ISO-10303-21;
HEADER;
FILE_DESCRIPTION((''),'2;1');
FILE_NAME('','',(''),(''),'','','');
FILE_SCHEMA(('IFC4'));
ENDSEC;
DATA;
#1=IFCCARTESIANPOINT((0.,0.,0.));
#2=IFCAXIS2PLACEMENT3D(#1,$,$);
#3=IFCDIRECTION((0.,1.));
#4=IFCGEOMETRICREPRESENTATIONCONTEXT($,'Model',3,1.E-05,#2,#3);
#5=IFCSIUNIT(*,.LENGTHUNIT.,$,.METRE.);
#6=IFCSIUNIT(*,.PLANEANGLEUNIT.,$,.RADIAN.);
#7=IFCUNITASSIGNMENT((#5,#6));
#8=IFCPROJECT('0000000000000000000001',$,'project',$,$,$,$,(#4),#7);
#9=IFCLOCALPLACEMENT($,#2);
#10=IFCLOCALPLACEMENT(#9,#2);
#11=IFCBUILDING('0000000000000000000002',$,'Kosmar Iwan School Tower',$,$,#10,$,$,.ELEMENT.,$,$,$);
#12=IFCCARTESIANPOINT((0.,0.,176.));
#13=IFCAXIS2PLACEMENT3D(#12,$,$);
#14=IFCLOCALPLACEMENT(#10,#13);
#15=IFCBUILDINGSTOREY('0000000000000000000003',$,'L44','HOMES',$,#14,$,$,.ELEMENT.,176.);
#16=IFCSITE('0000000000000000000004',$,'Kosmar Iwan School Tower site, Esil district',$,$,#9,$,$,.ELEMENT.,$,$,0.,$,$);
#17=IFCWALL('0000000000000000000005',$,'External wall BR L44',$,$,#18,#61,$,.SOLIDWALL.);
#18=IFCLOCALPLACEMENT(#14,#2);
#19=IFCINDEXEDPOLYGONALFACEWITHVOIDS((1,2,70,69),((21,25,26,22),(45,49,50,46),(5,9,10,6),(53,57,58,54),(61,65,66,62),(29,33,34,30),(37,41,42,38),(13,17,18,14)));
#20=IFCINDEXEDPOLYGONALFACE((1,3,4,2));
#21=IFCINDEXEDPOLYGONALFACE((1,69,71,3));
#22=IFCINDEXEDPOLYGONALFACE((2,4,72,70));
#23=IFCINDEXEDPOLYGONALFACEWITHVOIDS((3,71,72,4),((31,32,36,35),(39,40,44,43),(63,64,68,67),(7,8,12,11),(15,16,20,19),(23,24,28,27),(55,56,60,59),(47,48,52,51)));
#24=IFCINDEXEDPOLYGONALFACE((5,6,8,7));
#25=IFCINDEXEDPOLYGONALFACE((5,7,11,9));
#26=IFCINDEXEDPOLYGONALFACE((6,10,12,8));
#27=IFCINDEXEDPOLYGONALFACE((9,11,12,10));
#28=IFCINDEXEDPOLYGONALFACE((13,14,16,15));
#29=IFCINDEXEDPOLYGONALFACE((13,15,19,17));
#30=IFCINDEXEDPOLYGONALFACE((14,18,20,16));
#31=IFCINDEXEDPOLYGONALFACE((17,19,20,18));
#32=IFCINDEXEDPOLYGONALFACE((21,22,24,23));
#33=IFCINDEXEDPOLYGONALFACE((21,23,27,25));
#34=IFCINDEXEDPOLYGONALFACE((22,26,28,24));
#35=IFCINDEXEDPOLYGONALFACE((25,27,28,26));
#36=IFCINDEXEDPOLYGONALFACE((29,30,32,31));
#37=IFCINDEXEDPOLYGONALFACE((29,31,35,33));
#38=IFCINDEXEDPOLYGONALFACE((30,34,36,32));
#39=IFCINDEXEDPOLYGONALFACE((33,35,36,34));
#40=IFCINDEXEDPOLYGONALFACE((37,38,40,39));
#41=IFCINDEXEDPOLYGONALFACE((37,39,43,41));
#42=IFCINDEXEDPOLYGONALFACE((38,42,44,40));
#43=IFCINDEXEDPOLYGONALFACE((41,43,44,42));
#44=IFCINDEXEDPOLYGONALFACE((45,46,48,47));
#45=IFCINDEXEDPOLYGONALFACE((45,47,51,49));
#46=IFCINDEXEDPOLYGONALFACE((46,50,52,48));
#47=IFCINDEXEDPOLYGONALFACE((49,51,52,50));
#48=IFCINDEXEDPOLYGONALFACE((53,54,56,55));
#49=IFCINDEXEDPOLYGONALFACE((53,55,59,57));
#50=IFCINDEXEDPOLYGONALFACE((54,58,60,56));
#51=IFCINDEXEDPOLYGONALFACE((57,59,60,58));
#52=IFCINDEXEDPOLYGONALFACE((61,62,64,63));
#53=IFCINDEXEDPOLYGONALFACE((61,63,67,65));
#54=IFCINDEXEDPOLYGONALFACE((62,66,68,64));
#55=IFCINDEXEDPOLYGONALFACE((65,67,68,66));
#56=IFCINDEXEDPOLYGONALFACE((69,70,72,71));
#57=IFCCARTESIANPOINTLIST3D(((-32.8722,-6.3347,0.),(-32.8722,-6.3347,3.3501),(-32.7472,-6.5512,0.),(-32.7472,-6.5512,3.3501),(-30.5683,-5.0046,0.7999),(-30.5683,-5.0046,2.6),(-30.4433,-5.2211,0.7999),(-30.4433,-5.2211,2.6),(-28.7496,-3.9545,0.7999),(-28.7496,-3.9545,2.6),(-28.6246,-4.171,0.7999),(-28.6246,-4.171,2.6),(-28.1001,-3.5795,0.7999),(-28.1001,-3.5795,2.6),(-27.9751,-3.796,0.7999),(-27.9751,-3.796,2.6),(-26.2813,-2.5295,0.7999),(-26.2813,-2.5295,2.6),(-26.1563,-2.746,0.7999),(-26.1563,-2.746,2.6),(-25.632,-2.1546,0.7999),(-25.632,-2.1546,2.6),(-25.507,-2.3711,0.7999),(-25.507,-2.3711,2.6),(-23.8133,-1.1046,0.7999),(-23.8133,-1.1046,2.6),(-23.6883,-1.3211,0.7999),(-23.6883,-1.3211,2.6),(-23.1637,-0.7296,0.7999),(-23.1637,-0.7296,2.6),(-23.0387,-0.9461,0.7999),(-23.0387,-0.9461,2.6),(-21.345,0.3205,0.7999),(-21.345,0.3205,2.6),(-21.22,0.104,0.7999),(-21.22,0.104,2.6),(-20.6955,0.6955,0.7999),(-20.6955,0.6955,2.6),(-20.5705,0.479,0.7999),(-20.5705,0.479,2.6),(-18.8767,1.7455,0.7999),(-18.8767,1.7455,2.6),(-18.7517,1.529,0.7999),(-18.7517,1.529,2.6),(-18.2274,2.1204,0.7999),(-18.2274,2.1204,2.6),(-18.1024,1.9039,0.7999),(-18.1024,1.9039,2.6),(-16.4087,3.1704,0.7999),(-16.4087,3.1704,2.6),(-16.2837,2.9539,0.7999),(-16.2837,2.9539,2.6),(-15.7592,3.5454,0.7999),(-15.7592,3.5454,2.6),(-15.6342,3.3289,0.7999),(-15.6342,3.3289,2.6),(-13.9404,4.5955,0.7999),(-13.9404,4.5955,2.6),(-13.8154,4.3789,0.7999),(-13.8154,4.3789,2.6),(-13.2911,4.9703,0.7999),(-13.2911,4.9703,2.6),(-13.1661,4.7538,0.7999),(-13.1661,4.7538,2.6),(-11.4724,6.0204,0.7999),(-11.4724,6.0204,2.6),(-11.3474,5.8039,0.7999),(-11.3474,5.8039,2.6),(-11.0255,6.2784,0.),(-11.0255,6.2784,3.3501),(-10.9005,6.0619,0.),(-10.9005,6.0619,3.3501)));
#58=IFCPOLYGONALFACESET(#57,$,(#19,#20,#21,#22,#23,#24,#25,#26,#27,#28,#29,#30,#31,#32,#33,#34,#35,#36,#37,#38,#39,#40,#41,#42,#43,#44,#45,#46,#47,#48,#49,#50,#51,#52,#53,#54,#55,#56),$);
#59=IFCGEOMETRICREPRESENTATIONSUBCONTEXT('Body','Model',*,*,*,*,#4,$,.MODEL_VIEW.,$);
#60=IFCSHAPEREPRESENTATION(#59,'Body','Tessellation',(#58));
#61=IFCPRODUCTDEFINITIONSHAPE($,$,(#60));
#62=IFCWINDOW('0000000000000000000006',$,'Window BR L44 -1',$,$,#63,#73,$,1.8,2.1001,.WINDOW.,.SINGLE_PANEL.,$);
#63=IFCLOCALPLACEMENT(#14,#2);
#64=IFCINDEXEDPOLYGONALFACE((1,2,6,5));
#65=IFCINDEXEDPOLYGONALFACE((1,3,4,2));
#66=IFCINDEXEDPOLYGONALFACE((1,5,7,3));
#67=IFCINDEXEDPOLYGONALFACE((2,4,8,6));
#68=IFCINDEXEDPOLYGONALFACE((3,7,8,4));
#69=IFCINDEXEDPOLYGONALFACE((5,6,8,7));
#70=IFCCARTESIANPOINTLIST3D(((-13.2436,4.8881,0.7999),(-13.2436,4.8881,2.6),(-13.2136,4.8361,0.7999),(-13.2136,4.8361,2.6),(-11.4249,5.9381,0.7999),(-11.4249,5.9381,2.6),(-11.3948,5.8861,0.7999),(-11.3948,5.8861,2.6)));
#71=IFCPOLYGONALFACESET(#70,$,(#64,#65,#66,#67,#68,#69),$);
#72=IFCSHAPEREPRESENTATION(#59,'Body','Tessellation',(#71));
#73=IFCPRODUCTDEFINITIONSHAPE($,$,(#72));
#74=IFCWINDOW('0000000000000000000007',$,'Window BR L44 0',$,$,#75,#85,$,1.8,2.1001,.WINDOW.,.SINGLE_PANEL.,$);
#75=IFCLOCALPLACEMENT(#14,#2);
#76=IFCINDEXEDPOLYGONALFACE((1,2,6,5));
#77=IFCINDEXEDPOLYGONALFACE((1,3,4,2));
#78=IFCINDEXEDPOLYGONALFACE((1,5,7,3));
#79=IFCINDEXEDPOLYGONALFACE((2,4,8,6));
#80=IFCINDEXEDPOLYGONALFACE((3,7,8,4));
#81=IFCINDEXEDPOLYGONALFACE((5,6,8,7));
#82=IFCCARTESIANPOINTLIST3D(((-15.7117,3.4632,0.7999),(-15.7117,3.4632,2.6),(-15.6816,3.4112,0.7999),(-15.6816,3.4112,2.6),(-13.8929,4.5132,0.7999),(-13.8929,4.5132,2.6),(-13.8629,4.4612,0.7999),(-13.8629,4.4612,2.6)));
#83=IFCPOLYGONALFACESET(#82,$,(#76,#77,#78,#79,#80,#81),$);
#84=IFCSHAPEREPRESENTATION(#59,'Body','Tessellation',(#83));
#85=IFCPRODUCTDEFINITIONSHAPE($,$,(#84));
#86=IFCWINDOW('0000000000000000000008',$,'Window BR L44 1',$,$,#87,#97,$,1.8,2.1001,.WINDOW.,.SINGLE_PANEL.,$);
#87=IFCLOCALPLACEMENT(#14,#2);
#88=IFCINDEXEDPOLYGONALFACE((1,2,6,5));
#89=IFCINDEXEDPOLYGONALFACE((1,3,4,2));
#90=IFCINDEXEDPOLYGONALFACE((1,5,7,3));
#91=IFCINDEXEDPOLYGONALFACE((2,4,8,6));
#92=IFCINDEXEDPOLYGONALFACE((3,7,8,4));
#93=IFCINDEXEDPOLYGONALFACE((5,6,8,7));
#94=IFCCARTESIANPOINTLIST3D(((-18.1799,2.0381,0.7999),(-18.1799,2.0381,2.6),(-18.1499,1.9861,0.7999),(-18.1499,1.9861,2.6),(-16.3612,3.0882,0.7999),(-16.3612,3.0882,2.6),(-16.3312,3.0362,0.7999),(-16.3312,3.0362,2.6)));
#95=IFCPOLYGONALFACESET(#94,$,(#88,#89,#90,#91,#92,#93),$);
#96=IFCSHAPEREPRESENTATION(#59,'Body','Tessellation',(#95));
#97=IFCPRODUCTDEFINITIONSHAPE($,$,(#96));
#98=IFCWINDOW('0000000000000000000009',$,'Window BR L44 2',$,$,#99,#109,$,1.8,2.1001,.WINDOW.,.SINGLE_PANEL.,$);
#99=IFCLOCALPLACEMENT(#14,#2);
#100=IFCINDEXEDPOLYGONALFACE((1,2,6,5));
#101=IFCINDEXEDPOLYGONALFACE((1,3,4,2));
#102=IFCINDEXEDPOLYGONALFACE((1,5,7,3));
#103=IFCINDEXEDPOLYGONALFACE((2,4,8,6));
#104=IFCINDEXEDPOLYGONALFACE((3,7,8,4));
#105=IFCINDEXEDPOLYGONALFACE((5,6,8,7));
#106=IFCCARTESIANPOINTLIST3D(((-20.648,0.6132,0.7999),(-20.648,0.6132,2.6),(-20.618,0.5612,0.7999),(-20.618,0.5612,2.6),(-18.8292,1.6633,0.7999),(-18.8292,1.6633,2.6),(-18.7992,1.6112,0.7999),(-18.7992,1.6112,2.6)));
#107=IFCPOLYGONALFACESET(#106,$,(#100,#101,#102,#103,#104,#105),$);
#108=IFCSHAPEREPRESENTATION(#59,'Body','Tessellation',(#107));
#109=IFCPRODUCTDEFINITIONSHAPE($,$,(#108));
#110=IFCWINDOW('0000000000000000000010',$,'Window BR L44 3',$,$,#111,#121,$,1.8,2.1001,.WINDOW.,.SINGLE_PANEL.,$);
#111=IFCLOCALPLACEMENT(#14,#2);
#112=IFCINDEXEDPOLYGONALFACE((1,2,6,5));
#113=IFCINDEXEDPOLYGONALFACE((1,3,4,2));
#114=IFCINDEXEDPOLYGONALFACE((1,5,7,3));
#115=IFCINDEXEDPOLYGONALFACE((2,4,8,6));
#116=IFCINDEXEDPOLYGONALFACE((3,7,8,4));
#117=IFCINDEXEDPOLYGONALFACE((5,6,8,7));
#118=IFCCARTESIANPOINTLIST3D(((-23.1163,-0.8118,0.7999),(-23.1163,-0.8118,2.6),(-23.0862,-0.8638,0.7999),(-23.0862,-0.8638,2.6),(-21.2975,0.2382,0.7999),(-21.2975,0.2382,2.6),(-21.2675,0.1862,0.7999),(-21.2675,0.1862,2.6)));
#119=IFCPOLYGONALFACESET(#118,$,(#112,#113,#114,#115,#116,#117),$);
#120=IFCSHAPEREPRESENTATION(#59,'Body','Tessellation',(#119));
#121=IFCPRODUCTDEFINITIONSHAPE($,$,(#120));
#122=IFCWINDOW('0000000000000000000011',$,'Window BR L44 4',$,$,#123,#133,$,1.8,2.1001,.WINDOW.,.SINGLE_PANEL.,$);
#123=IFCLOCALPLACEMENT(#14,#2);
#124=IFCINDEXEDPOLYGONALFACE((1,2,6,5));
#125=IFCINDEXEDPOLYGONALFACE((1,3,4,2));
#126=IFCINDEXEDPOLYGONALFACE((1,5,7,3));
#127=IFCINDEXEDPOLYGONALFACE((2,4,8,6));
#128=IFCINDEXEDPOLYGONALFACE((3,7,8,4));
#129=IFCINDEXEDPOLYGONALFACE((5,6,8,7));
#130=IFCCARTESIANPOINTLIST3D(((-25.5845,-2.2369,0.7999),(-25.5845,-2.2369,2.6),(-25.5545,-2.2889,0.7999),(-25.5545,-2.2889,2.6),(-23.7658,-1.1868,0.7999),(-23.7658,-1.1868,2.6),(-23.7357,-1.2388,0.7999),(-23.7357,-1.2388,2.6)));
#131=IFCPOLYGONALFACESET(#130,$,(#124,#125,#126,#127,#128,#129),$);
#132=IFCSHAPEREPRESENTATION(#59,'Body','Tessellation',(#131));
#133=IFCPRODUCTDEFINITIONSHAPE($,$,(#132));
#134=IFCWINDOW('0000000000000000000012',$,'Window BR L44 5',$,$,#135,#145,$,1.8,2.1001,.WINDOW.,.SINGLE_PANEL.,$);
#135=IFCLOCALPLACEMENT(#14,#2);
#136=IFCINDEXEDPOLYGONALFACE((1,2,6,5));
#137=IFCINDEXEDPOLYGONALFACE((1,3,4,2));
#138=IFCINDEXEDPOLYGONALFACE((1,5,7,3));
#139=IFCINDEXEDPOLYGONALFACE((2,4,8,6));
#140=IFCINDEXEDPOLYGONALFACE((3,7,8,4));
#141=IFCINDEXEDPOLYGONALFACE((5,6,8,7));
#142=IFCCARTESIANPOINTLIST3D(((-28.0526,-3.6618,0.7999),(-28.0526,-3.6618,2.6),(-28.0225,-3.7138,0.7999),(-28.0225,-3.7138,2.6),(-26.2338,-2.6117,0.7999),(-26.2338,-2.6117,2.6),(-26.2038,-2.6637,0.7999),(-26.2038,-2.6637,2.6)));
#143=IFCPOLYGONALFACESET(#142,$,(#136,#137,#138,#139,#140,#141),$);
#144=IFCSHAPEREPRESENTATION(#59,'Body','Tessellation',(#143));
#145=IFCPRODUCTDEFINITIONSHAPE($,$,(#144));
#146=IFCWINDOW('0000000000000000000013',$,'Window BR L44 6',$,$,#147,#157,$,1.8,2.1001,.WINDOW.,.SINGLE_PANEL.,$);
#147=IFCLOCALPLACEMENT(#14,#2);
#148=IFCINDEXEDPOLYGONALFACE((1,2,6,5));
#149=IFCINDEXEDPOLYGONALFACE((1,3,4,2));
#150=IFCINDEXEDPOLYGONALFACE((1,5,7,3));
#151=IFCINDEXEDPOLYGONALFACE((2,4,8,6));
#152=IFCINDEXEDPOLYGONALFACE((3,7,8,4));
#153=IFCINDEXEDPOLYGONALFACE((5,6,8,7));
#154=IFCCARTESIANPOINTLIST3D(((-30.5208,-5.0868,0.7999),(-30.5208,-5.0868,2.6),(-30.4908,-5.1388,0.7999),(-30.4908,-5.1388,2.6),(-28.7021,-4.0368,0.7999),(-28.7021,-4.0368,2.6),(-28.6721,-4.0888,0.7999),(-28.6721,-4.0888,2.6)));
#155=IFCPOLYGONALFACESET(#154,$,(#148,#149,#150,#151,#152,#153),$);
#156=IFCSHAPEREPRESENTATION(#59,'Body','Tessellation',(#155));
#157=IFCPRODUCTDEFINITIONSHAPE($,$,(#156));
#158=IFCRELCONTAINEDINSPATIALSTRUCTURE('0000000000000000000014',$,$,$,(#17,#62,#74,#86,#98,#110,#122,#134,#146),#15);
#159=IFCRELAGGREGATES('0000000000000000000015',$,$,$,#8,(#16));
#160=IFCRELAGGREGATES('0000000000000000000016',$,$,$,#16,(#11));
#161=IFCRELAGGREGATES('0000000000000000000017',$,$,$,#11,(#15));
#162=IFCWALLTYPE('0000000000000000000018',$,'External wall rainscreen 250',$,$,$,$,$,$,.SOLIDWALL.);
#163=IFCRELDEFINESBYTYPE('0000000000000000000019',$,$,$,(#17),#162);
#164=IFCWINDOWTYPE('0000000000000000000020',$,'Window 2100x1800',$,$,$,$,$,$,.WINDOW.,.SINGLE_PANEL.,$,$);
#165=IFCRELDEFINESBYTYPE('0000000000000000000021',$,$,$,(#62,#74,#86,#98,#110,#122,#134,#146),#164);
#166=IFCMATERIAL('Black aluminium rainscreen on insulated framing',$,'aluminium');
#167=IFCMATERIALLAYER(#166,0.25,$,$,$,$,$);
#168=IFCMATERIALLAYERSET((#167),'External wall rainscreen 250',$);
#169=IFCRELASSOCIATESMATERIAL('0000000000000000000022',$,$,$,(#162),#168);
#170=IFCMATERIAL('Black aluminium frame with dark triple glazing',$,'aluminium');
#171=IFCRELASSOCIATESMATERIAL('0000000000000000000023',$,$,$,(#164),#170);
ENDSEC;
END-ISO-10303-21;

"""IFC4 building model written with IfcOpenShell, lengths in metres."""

from ifc_helpers import new_model, si_unit, direction, frame, frame_2d, origin, place, context, subcontext, project, spatial, rectangle, extrude, material, layer, layer_set, type_object, element, fill, save


model = new_model("IFC4")

# Units and contexts
model_context = context("Model", 3, precision=1e-05, world=origin(), true_north=direction((0.0, 1.0)))
body_context = subcontext(model_context, "Body", "Model", "MODEL_VIEW")
ifc_project = project(units=[si_unit("LENGTHUNIT", "METRE"), si_unit("PLANEANGLEUNIT", "RADIAN")], contexts=[model_context])

# Site, building, storey
site_placement = place(None, origin())
site = spatial("IfcSite", under=ifc_project, at=site_placement, Name="Kosmar Iwan School Tower site, Esil district", CompositionType="ELEMENT", RefElevation=0.0)
building_placement = place(site_placement, origin())
building = spatial("IfcBuilding", under=site, at=building_placement, Name="Kosmar Iwan School Tower", CompositionType="ELEMENT")
storey_placement = place(building_placement, frame((0.0, 0.0, 176.0)))
storey = spatial("IfcBuildingStorey", under=building, at=storey_placement, Name="L44", Description="HOMES", CompositionType="ELEMENT", Elevation=176.0)

# Wall, openings, windows
ifc_material_1 = material(Name="Black aluminium rainscreen on insulated framing", Category="aluminium")
ifc_layer_1 = layer(ifc_material_1, 0.25)
ifc_layer_set_1 = layer_set([ifc_layer_1], Name="External wall rainscreen 250")
wall_type_1 = type_object("IfcWallType", Name="External wall rainscreen 250", PredefinedType="SOLIDWALL", material=ifc_layer_set_1)
ifc_material_2 = material(Name="Black aluminium frame with dark triple glazing", Category="aluminium")
window_type = type_object("IfcWindowType", Name="Window 2100x1800", PartitioningType="SINGLE_PANEL", PredefinedType="WINDOW", material=ifc_material_2)
wall_1_placement = place(storey_placement, frame((-10.9629, 6.1702, 0.0), z_axis=(0.0, 0.0, 1.0), x_axis=(-0.866028, -0.499996, 0.0)))
wall_1 = element("IfcWall", 1, at=wall_1_placement, inside=storey, type_object=wall_type_1, Name="External wall BR L44", PredefinedType="SOLIDWALL", context=body_context, shape_type="SweptSolid", body=[
    extrude(rectangle(XDim=25.2263, YDim=0.25, at=frame_2d((12.6133, 0.0))), origin(), (0.0, 0.0, 1.0), 3.3501),
])
opening_1_placement = place(wall_1_placement, frame((0.5161, 0.0, 0.8)))
opening_1 = element("IfcOpeningElement", 2, at=opening_1_placement, cuts=wall_1, PredefinedType="OPENING", context=body_context, shape_type="SweptSolid", body=[
    extrude(rectangle(XDim=2.1001, YDim=1.8, at=frame_2d((1.05, 0.8999))), frame((0.0, 0.137, 0.0), z_axis=(0.0, -1.0, 0.0), x_axis=(1.0, 0.0, 0.0)), (0.0, 0.0, 1.0), 0.2739),
])
opening_2_placement = place(wall_1_placement, frame((3.366, 0.0, 0.8)))
opening_2 = element("IfcOpeningElement", 3, at=opening_2_placement, cuts=wall_1, PredefinedType="OPENING", context=body_context, shape_type="SweptSolid", body=[
    extrude(rectangle(XDim=2.1001, YDim=1.8, at=frame_2d((1.05, 0.8999))), frame((0.0, 0.137, 0.0), z_axis=(0.0, -1.0, 0.0), x_axis=(1.0, 0.0, 0.0)), (0.0, 0.0, 1.0), 0.2739),
])
opening_3_placement = place(wall_1_placement, frame((6.2161, 0.0, 0.8)))
opening_3 = element("IfcOpeningElement", 4, at=opening_3_placement, cuts=wall_1, PredefinedType="OPENING", context=body_context, shape_type="SweptSolid", body=[
    extrude(rectangle(XDim=2.1001, YDim=1.8, at=frame_2d((1.05, 0.8999))), frame((0.0, 0.137, 0.0), z_axis=(0.0, -1.0, 0.0), x_axis=(1.0, 0.0, 0.0)), (0.0, 0.0, 1.0), 0.2739),
])
opening_4_placement = place(wall_1_placement, frame((9.0659, 0.0, 0.8)))
opening_4 = element("IfcOpeningElement", 5, at=opening_4_placement, cuts=wall_1, PredefinedType="OPENING", context=body_context, shape_type="SweptSolid", body=[
    extrude(rectangle(XDim=2.1001, YDim=1.8, at=frame_2d((1.05, 0.8999))), frame((0.0, 0.137, 0.0), z_axis=(0.0, -1.0, 0.0), x_axis=(1.0, 0.0, 0.0)), (0.0, 0.0, 1.0), 0.2739),
])
opening_5_placement = place(wall_1_placement, frame((11.916, 0.0, 0.8)))
opening_5 = element("IfcOpeningElement", 6, at=opening_5_placement, cuts=wall_1, PredefinedType="OPENING", context=body_context, shape_type="SweptSolid", body=[
    extrude(rectangle(XDim=2.1001, YDim=1.8, at=frame_2d((1.05, 0.8999))), frame((0.0, 0.137, 0.0), z_axis=(0.0, -1.0, 0.0), x_axis=(1.0, 0.0, 0.0)), (0.0, 0.0, 1.0), 0.2739),
])
opening_6_placement = place(wall_1_placement, frame((14.7661, 0.0, 0.8)))
opening_6 = element("IfcOpeningElement", 7, at=opening_6_placement, cuts=wall_1, PredefinedType="OPENING", context=body_context, shape_type="SweptSolid", body=[
    extrude(rectangle(XDim=2.1001, YDim=1.8, at=frame_2d((1.05, 0.8999))), frame((0.0, 0.137, 0.0), z_axis=(0.0, -1.0, 0.0), x_axis=(1.0, 0.0, 0.0)), (0.0, 0.0, 1.0), 0.2739),
])
opening_7_placement = place(wall_1_placement, frame((17.616, 0.0, 0.8)))
opening_7 = element("IfcOpeningElement", 8, at=opening_7_placement, cuts=wall_1, PredefinedType="OPENING", context=body_context, shape_type="SweptSolid", body=[
    extrude(rectangle(XDim=2.1001, YDim=1.8, at=frame_2d((1.05, 0.8999))), frame((0.0, 0.137, 0.0), z_axis=(0.0, -1.0, 0.0), x_axis=(1.0, 0.0, 0.0)), (0.0, 0.0, 1.0), 0.2739),
])
opening_8_placement = place(wall_1_placement, frame((20.4661, 0.0, 0.8)))
opening_8 = element("IfcOpeningElement", 9, at=opening_8_placement, cuts=wall_1, PredefinedType="OPENING", context=body_context, shape_type="SweptSolid", body=[
    extrude(rectangle(XDim=2.1001, YDim=1.8, at=frame_2d((1.05, 0.8999))), frame((0.0, 0.137, 0.0), z_axis=(0.0, -1.0, 0.0), x_axis=(1.0, 0.0, 0.0)), (0.0, 0.0, 1.0), 0.2739),
])
window_1_placement = place(opening_1_placement, origin())
window_1 = element("IfcWindow", 10, at=window_1_placement, inside=storey, type_object=window_type, Name="Window BR L44 -1", OverallHeight=1.8, OverallWidth=2.1001, PartitioningType="SINGLE_PANEL", PredefinedType="WINDOW", context=body_context, shape_type="SweptSolid", body=[
    extrude(rectangle(XDim=2.1001, YDim=1.8, at=frame_2d((1.05, 0.8999))), frame((0.0, 0.03, 0.0), z_axis=(0.0, -1.0, 0.0), x_axis=(1.0, 0.0, 0.0)), (0.0, 0.0, 1.0), 0.0601),
])
fill(opening_1, window_1)
window_2_placement = place(opening_2_placement, origin())
window_2 = element("IfcWindow", 11, at=window_2_placement, inside=storey, type_object=window_type, Name="Window BR L44 0", OverallHeight=1.8, OverallWidth=2.1001, PartitioningType="SINGLE_PANEL", PredefinedType="WINDOW", context=body_context, shape_type="SweptSolid", body=[
    extrude(rectangle(XDim=2.1001, YDim=1.8, at=frame_2d((1.05, 0.8999))), frame((0.0, 0.03, 0.0), z_axis=(0.0, -1.0, 0.0), x_axis=(1.0, 0.0, 0.0)), (0.0, 0.0, 1.0), 0.0601),
])
fill(opening_2, window_2)
window_3_placement = place(opening_3_placement, origin())
window_3 = element("IfcWindow", 12, at=window_3_placement, inside=storey, type_object=window_type, Name="Window BR L44 1", OverallHeight=1.8, OverallWidth=2.1001, PartitioningType="SINGLE_PANEL", PredefinedType="WINDOW", context=body_context, shape_type="SweptSolid", body=[
    extrude(rectangle(XDim=2.1001, YDim=1.8, at=frame_2d((1.05, 0.8999))), frame((0.0, 0.03, 0.0), z_axis=(0.0, -1.0, 0.0), x_axis=(1.0, 0.0, 0.0)), (0.0, 0.0, 1.0), 0.0601),
])
fill(opening_3, window_3)
window_4_placement = place(opening_4_placement, origin())
window_4 = element("IfcWindow", 13, at=window_4_placement, inside=storey, type_object=window_type, Name="Window BR L44 2", OverallHeight=1.8, OverallWidth=2.1001, PartitioningType="SINGLE_PANEL", PredefinedType="WINDOW", context=body_context, shape_type="SweptSolid", body=[
    extrude(rectangle(XDim=2.1001, YDim=1.8, at=frame_2d((1.05, 0.8999))), frame((0.0, 0.03, 0.0), z_axis=(0.0, -1.0, 0.0), x_axis=(1.0, 0.0, 0.0)), (0.0, 0.0, 1.0), 0.0601),
])
fill(opening_4, window_4)
window_5_placement = place(opening_5_placement, origin())
window_5 = element("IfcWindow", 14, at=window_5_placement, inside=storey, type_object=window_type, Name="Window BR L44 3", OverallHeight=1.8, OverallWidth=2.1001, PartitioningType="SINGLE_PANEL", PredefinedType="WINDOW", context=body_context, shape_type="SweptSolid", body=[
    extrude(rectangle(XDim=2.1001, YDim=1.8, at=frame_2d((1.05, 0.8999))), frame((0.0, 0.03, 0.0), z_axis=(0.0, -1.0, 0.0), x_axis=(1.0, 0.0, 0.0)), (0.0, 0.0, 1.0), 0.0601),
])
fill(opening_5, window_5)
window_6_placement = place(opening_6_placement, origin())
window_6 = element("IfcWindow", 15, at=window_6_placement, inside=storey, type_object=window_type, Name="Window BR L44 4", OverallHeight=1.8, OverallWidth=2.1001, PartitioningType="SINGLE_PANEL", PredefinedType="WINDOW", context=body_context, shape_type="SweptSolid", body=[
    extrude(rectangle(XDim=2.1001, YDim=1.8, at=frame_2d((1.05, 0.8999))), frame((0.0, 0.03, 0.0), z_axis=(0.0, -1.0, 0.0), x_axis=(1.0, 0.0, 0.0)), (0.0, 0.0, 1.0), 0.0601),
])
fill(opening_6, window_6)
window_7_placement = place(opening_7_placement, origin())
window_7 = element("IfcWindow", 16, at=window_7_placement, inside=storey, type_object=window_type, Name="Window BR L44 5", OverallHeight=1.8, OverallWidth=2.1001, PartitioningType="SINGLE_PANEL", PredefinedType="WINDOW", context=body_context, shape_type="SweptSolid", body=[
    extrude(rectangle(XDim=2.1001, YDim=1.8, at=frame_2d((1.05, 0.8999))), frame((0.0, 0.03, 0.0), z_axis=(0.0, -1.0, 0.0), x_axis=(1.0, 0.0, 0.0)), (0.0, 0.0, 1.0), 0.0601),
])
fill(opening_7, window_7)
window_8_placement = place(opening_8_placement, origin())
window_8 = element("IfcWindow", 17, at=window_8_placement, inside=storey, type_object=window_type, Name="Window BR L44 6", OverallHeight=1.8, OverallWidth=2.1001, PartitioningType="SINGLE_PANEL", PredefinedType="WINDOW", context=body_context, shape_type="SweptSolid", body=[
    extrude(rectangle(XDim=2.1001, YDim=1.8, at=frame_2d((1.05, 0.8999))), frame((0.0, 0.03, 0.0), z_axis=(0.0, -1.0, 0.0), x_axis=(1.0, 0.0, 0.0)), (0.0, 0.0, 1.0), 0.0601),
])
fill(opening_8, window_8)

save(model, "model.ifc")
